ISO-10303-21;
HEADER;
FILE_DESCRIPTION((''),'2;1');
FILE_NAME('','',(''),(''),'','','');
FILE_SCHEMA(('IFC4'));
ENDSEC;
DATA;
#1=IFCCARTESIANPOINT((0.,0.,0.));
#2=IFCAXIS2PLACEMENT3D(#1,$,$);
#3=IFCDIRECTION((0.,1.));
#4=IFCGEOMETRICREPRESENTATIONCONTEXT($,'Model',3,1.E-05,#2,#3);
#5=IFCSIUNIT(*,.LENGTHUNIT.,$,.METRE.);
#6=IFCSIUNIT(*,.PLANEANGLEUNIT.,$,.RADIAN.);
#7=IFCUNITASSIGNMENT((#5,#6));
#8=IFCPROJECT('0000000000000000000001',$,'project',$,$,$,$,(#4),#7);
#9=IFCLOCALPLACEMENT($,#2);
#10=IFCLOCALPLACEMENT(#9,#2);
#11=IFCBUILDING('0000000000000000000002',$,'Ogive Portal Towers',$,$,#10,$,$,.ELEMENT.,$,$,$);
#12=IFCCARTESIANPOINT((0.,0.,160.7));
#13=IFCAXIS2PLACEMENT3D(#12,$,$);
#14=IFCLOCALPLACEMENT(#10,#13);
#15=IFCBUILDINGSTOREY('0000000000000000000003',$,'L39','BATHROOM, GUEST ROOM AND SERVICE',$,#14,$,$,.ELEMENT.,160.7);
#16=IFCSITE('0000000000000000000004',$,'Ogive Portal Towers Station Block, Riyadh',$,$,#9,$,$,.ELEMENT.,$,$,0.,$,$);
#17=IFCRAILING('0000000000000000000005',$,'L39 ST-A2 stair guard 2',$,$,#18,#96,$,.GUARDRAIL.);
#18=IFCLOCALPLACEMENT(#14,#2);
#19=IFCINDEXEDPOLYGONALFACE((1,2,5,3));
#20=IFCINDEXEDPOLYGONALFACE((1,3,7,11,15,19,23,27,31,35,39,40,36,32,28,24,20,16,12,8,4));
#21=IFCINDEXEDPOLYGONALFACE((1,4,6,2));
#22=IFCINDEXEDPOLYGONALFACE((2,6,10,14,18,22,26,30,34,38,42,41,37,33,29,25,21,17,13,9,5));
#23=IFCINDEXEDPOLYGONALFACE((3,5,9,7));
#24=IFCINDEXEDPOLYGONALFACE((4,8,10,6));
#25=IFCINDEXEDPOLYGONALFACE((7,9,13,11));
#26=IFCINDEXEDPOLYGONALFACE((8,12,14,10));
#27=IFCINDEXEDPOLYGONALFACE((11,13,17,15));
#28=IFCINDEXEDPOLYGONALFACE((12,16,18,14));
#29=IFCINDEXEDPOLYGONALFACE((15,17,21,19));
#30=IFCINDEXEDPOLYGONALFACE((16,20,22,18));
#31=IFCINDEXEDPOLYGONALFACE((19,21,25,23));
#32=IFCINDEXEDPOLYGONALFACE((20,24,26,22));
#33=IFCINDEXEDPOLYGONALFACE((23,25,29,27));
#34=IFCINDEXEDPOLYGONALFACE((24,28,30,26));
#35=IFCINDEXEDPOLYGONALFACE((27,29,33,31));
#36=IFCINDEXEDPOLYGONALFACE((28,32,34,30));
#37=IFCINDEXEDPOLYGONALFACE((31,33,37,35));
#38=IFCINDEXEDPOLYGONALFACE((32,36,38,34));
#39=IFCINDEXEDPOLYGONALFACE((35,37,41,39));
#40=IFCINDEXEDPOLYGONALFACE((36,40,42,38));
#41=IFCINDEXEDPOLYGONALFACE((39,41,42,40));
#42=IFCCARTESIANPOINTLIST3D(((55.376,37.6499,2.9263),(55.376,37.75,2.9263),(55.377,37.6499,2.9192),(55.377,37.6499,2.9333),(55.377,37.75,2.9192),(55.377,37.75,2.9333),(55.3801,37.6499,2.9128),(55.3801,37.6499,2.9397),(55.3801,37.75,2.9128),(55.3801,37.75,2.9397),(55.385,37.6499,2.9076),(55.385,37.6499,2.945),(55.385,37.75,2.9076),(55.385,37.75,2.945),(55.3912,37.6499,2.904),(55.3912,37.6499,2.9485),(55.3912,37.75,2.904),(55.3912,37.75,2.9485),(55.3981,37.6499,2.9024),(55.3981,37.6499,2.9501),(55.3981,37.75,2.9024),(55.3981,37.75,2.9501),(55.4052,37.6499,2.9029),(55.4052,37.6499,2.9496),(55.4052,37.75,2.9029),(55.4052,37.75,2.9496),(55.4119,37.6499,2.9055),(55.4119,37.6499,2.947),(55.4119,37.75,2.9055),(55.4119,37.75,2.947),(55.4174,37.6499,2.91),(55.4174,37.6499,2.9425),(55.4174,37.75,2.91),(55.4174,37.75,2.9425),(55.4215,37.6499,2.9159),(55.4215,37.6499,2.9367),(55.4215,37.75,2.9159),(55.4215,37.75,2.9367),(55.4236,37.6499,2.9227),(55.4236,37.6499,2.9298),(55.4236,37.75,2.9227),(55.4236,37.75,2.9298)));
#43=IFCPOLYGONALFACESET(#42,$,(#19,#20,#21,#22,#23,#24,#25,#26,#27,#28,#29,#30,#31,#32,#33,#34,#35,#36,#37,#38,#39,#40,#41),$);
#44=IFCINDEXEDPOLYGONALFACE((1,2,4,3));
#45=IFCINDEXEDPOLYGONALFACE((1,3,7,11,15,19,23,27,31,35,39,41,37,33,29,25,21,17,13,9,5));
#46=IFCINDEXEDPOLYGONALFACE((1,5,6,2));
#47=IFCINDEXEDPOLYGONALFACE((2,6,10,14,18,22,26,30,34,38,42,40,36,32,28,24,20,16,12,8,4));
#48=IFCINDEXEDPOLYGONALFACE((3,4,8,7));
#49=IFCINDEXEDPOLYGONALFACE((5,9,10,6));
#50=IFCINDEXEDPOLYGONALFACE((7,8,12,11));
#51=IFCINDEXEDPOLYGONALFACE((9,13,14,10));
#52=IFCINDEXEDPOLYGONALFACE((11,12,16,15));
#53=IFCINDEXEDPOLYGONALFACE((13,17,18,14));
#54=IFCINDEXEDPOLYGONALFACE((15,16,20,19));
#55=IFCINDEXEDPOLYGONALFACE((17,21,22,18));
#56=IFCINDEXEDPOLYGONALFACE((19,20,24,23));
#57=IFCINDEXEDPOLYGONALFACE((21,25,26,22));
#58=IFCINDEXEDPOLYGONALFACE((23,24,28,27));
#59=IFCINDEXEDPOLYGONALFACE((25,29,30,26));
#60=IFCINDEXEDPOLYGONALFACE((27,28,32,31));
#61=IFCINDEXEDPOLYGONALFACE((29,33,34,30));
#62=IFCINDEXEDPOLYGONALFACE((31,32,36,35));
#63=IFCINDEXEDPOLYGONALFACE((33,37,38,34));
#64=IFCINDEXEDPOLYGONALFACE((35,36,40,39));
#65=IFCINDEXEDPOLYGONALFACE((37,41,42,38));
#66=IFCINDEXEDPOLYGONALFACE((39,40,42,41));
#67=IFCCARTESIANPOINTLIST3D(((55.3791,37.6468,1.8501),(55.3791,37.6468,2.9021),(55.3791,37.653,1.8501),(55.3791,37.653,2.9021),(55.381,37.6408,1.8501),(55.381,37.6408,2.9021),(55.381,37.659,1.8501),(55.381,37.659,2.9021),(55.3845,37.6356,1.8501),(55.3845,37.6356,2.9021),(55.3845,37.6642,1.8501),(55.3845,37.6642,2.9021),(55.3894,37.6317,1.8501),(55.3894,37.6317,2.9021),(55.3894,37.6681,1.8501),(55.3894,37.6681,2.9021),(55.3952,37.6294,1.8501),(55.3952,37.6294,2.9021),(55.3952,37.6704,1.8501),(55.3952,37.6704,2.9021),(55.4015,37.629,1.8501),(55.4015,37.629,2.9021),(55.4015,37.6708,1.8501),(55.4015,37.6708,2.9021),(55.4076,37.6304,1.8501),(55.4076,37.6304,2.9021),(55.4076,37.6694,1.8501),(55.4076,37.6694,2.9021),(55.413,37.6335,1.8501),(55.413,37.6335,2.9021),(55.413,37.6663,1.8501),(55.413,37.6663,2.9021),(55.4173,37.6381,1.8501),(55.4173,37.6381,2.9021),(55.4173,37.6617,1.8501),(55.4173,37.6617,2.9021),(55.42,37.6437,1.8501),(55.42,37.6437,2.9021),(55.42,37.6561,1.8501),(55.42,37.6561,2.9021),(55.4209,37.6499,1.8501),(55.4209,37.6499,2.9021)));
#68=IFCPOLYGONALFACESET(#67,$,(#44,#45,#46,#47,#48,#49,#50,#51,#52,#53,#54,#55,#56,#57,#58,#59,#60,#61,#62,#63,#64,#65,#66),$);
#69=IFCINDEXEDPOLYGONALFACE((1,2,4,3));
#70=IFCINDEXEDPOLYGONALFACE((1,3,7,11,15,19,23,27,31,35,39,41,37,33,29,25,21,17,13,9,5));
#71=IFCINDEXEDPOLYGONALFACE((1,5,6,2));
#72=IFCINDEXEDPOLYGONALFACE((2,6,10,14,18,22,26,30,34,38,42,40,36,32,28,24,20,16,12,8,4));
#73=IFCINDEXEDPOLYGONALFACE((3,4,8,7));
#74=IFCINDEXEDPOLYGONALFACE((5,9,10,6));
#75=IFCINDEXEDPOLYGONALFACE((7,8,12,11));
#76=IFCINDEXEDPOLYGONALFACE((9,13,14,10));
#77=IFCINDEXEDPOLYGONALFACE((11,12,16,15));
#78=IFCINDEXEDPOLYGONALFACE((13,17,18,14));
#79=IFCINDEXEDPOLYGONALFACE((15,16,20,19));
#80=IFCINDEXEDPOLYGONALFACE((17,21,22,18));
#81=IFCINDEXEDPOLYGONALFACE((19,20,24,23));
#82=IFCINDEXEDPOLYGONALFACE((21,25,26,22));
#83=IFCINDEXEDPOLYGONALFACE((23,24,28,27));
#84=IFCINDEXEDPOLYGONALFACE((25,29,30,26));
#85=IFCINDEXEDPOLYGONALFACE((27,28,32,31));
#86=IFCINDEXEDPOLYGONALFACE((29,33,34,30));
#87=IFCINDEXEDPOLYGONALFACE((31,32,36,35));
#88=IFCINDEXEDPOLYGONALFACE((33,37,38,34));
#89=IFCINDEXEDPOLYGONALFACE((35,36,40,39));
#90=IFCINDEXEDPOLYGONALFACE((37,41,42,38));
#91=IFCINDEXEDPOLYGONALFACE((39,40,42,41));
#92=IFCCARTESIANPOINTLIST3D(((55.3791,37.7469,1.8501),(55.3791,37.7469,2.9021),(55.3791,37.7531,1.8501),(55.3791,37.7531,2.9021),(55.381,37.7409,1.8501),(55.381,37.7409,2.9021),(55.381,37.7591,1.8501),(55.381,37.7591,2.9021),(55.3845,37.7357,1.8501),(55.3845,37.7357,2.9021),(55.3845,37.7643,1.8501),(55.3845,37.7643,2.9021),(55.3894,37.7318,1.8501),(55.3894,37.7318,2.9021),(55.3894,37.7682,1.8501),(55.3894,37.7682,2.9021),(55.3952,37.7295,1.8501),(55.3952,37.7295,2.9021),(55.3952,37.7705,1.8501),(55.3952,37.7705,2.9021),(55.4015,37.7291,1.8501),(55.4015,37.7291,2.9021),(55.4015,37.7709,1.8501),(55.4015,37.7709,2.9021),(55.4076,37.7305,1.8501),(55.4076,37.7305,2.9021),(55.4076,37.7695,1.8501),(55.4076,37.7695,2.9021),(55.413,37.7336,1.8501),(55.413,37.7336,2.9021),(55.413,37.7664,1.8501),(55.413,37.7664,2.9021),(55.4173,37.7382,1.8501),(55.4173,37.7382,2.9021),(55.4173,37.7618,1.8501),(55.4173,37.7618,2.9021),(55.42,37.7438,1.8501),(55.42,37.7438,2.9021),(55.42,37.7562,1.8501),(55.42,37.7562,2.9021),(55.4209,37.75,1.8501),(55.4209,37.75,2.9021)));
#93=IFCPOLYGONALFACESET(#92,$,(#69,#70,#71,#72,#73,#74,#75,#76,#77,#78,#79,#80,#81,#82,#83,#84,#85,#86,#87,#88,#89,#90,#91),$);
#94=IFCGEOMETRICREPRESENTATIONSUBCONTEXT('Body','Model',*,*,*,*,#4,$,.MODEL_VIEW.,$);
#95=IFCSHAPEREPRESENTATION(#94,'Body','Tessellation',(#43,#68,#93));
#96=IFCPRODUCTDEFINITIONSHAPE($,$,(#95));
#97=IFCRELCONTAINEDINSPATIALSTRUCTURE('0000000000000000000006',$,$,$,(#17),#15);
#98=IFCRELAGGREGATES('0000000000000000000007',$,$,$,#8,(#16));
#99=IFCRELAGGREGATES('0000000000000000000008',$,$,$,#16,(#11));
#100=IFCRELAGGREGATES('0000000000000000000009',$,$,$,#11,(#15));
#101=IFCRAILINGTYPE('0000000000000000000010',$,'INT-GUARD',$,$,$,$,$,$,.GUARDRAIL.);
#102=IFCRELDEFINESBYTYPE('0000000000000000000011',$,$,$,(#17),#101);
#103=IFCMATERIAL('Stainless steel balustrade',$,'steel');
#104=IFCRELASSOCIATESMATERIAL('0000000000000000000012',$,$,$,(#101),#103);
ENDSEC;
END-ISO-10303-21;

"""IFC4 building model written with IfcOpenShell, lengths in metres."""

from ifc_helpers import new_model, si_unit, direction, frame, origin, origin_2d, place, context, subcontext, project, spatial, circle, extrude, material, type_object, element, save


model = new_model("IFC4")

# Units and contexts
model_context = context("Model", 3, precision=1e-05, world=origin(), true_north=direction((0.0, 1.0)))
body_context = subcontext(model_context, "Body", "Model", "MODEL_VIEW")
ifc_project = project(units=[si_unit("LENGTHUNIT", "METRE"), si_unit("PLANEANGLEUNIT", "RADIAN")], contexts=[model_context])

# Site, building, storey
site_placement = place(None, origin())
site = spatial("IfcSite", under=ifc_project, at=site_placement, Name="Ogive Portal Towers Station Block, Riyadh", CompositionType="ELEMENT", RefElevation=0.0)
building_placement = place(site_placement, origin())
building = spatial("IfcBuilding", under=site, at=building_placement, Name="Ogive Portal Towers", CompositionType="ELEMENT")
storey_placement = place(building_placement, frame((0.0, 0.0, 160.7)))
storey = spatial("IfcBuildingStorey", under=building, at=storey_placement, Name="L39", Description="BATHROOM, GUEST ROOM AND SERVICE", CompositionType="ELEMENT", Elevation=160.7)

# Railing
ifc_material_1 = material(Name="Stainless steel balustrade", Category="steel")
railing_type_1 = type_object("IfcRailingType", Name="INT-GUARD", PredefinedType="GUARDRAIL", material=ifc_material_1)
railing_1_placement = place(storey_placement, frame((55.3999, 37.6499, 1.8501)))
element("IfcRailing", 1, at=railing_1_placement, inside=storey, type_object=railing_type_1, Name="L39 ST-A2 stair guard 2", PredefinedType="GUARDRAIL", context=body_context, shape_type="SweptSolid", body=[
    extrude(circle(Radius=0.0239, at=origin_2d()), frame((0.0, 0.0, 1.0762), z_axis=(0.0, 1.0, 0.0), x_axis=(-1.0, 0.0, 0.0)), (0.0, 0.0, 1.0), 0.1001),
    extrude(circle(Radius=0.021, at=origin_2d()), origin(), (0.0, 0.0, 1.0), 1.052),
    extrude(circle(Radius=0.021, at=origin_2d()), frame((0.0, 0.1001, 0.0)), (0.0, 0.0, 1.0), 1.052),
])

save(model, "model.ifc")
